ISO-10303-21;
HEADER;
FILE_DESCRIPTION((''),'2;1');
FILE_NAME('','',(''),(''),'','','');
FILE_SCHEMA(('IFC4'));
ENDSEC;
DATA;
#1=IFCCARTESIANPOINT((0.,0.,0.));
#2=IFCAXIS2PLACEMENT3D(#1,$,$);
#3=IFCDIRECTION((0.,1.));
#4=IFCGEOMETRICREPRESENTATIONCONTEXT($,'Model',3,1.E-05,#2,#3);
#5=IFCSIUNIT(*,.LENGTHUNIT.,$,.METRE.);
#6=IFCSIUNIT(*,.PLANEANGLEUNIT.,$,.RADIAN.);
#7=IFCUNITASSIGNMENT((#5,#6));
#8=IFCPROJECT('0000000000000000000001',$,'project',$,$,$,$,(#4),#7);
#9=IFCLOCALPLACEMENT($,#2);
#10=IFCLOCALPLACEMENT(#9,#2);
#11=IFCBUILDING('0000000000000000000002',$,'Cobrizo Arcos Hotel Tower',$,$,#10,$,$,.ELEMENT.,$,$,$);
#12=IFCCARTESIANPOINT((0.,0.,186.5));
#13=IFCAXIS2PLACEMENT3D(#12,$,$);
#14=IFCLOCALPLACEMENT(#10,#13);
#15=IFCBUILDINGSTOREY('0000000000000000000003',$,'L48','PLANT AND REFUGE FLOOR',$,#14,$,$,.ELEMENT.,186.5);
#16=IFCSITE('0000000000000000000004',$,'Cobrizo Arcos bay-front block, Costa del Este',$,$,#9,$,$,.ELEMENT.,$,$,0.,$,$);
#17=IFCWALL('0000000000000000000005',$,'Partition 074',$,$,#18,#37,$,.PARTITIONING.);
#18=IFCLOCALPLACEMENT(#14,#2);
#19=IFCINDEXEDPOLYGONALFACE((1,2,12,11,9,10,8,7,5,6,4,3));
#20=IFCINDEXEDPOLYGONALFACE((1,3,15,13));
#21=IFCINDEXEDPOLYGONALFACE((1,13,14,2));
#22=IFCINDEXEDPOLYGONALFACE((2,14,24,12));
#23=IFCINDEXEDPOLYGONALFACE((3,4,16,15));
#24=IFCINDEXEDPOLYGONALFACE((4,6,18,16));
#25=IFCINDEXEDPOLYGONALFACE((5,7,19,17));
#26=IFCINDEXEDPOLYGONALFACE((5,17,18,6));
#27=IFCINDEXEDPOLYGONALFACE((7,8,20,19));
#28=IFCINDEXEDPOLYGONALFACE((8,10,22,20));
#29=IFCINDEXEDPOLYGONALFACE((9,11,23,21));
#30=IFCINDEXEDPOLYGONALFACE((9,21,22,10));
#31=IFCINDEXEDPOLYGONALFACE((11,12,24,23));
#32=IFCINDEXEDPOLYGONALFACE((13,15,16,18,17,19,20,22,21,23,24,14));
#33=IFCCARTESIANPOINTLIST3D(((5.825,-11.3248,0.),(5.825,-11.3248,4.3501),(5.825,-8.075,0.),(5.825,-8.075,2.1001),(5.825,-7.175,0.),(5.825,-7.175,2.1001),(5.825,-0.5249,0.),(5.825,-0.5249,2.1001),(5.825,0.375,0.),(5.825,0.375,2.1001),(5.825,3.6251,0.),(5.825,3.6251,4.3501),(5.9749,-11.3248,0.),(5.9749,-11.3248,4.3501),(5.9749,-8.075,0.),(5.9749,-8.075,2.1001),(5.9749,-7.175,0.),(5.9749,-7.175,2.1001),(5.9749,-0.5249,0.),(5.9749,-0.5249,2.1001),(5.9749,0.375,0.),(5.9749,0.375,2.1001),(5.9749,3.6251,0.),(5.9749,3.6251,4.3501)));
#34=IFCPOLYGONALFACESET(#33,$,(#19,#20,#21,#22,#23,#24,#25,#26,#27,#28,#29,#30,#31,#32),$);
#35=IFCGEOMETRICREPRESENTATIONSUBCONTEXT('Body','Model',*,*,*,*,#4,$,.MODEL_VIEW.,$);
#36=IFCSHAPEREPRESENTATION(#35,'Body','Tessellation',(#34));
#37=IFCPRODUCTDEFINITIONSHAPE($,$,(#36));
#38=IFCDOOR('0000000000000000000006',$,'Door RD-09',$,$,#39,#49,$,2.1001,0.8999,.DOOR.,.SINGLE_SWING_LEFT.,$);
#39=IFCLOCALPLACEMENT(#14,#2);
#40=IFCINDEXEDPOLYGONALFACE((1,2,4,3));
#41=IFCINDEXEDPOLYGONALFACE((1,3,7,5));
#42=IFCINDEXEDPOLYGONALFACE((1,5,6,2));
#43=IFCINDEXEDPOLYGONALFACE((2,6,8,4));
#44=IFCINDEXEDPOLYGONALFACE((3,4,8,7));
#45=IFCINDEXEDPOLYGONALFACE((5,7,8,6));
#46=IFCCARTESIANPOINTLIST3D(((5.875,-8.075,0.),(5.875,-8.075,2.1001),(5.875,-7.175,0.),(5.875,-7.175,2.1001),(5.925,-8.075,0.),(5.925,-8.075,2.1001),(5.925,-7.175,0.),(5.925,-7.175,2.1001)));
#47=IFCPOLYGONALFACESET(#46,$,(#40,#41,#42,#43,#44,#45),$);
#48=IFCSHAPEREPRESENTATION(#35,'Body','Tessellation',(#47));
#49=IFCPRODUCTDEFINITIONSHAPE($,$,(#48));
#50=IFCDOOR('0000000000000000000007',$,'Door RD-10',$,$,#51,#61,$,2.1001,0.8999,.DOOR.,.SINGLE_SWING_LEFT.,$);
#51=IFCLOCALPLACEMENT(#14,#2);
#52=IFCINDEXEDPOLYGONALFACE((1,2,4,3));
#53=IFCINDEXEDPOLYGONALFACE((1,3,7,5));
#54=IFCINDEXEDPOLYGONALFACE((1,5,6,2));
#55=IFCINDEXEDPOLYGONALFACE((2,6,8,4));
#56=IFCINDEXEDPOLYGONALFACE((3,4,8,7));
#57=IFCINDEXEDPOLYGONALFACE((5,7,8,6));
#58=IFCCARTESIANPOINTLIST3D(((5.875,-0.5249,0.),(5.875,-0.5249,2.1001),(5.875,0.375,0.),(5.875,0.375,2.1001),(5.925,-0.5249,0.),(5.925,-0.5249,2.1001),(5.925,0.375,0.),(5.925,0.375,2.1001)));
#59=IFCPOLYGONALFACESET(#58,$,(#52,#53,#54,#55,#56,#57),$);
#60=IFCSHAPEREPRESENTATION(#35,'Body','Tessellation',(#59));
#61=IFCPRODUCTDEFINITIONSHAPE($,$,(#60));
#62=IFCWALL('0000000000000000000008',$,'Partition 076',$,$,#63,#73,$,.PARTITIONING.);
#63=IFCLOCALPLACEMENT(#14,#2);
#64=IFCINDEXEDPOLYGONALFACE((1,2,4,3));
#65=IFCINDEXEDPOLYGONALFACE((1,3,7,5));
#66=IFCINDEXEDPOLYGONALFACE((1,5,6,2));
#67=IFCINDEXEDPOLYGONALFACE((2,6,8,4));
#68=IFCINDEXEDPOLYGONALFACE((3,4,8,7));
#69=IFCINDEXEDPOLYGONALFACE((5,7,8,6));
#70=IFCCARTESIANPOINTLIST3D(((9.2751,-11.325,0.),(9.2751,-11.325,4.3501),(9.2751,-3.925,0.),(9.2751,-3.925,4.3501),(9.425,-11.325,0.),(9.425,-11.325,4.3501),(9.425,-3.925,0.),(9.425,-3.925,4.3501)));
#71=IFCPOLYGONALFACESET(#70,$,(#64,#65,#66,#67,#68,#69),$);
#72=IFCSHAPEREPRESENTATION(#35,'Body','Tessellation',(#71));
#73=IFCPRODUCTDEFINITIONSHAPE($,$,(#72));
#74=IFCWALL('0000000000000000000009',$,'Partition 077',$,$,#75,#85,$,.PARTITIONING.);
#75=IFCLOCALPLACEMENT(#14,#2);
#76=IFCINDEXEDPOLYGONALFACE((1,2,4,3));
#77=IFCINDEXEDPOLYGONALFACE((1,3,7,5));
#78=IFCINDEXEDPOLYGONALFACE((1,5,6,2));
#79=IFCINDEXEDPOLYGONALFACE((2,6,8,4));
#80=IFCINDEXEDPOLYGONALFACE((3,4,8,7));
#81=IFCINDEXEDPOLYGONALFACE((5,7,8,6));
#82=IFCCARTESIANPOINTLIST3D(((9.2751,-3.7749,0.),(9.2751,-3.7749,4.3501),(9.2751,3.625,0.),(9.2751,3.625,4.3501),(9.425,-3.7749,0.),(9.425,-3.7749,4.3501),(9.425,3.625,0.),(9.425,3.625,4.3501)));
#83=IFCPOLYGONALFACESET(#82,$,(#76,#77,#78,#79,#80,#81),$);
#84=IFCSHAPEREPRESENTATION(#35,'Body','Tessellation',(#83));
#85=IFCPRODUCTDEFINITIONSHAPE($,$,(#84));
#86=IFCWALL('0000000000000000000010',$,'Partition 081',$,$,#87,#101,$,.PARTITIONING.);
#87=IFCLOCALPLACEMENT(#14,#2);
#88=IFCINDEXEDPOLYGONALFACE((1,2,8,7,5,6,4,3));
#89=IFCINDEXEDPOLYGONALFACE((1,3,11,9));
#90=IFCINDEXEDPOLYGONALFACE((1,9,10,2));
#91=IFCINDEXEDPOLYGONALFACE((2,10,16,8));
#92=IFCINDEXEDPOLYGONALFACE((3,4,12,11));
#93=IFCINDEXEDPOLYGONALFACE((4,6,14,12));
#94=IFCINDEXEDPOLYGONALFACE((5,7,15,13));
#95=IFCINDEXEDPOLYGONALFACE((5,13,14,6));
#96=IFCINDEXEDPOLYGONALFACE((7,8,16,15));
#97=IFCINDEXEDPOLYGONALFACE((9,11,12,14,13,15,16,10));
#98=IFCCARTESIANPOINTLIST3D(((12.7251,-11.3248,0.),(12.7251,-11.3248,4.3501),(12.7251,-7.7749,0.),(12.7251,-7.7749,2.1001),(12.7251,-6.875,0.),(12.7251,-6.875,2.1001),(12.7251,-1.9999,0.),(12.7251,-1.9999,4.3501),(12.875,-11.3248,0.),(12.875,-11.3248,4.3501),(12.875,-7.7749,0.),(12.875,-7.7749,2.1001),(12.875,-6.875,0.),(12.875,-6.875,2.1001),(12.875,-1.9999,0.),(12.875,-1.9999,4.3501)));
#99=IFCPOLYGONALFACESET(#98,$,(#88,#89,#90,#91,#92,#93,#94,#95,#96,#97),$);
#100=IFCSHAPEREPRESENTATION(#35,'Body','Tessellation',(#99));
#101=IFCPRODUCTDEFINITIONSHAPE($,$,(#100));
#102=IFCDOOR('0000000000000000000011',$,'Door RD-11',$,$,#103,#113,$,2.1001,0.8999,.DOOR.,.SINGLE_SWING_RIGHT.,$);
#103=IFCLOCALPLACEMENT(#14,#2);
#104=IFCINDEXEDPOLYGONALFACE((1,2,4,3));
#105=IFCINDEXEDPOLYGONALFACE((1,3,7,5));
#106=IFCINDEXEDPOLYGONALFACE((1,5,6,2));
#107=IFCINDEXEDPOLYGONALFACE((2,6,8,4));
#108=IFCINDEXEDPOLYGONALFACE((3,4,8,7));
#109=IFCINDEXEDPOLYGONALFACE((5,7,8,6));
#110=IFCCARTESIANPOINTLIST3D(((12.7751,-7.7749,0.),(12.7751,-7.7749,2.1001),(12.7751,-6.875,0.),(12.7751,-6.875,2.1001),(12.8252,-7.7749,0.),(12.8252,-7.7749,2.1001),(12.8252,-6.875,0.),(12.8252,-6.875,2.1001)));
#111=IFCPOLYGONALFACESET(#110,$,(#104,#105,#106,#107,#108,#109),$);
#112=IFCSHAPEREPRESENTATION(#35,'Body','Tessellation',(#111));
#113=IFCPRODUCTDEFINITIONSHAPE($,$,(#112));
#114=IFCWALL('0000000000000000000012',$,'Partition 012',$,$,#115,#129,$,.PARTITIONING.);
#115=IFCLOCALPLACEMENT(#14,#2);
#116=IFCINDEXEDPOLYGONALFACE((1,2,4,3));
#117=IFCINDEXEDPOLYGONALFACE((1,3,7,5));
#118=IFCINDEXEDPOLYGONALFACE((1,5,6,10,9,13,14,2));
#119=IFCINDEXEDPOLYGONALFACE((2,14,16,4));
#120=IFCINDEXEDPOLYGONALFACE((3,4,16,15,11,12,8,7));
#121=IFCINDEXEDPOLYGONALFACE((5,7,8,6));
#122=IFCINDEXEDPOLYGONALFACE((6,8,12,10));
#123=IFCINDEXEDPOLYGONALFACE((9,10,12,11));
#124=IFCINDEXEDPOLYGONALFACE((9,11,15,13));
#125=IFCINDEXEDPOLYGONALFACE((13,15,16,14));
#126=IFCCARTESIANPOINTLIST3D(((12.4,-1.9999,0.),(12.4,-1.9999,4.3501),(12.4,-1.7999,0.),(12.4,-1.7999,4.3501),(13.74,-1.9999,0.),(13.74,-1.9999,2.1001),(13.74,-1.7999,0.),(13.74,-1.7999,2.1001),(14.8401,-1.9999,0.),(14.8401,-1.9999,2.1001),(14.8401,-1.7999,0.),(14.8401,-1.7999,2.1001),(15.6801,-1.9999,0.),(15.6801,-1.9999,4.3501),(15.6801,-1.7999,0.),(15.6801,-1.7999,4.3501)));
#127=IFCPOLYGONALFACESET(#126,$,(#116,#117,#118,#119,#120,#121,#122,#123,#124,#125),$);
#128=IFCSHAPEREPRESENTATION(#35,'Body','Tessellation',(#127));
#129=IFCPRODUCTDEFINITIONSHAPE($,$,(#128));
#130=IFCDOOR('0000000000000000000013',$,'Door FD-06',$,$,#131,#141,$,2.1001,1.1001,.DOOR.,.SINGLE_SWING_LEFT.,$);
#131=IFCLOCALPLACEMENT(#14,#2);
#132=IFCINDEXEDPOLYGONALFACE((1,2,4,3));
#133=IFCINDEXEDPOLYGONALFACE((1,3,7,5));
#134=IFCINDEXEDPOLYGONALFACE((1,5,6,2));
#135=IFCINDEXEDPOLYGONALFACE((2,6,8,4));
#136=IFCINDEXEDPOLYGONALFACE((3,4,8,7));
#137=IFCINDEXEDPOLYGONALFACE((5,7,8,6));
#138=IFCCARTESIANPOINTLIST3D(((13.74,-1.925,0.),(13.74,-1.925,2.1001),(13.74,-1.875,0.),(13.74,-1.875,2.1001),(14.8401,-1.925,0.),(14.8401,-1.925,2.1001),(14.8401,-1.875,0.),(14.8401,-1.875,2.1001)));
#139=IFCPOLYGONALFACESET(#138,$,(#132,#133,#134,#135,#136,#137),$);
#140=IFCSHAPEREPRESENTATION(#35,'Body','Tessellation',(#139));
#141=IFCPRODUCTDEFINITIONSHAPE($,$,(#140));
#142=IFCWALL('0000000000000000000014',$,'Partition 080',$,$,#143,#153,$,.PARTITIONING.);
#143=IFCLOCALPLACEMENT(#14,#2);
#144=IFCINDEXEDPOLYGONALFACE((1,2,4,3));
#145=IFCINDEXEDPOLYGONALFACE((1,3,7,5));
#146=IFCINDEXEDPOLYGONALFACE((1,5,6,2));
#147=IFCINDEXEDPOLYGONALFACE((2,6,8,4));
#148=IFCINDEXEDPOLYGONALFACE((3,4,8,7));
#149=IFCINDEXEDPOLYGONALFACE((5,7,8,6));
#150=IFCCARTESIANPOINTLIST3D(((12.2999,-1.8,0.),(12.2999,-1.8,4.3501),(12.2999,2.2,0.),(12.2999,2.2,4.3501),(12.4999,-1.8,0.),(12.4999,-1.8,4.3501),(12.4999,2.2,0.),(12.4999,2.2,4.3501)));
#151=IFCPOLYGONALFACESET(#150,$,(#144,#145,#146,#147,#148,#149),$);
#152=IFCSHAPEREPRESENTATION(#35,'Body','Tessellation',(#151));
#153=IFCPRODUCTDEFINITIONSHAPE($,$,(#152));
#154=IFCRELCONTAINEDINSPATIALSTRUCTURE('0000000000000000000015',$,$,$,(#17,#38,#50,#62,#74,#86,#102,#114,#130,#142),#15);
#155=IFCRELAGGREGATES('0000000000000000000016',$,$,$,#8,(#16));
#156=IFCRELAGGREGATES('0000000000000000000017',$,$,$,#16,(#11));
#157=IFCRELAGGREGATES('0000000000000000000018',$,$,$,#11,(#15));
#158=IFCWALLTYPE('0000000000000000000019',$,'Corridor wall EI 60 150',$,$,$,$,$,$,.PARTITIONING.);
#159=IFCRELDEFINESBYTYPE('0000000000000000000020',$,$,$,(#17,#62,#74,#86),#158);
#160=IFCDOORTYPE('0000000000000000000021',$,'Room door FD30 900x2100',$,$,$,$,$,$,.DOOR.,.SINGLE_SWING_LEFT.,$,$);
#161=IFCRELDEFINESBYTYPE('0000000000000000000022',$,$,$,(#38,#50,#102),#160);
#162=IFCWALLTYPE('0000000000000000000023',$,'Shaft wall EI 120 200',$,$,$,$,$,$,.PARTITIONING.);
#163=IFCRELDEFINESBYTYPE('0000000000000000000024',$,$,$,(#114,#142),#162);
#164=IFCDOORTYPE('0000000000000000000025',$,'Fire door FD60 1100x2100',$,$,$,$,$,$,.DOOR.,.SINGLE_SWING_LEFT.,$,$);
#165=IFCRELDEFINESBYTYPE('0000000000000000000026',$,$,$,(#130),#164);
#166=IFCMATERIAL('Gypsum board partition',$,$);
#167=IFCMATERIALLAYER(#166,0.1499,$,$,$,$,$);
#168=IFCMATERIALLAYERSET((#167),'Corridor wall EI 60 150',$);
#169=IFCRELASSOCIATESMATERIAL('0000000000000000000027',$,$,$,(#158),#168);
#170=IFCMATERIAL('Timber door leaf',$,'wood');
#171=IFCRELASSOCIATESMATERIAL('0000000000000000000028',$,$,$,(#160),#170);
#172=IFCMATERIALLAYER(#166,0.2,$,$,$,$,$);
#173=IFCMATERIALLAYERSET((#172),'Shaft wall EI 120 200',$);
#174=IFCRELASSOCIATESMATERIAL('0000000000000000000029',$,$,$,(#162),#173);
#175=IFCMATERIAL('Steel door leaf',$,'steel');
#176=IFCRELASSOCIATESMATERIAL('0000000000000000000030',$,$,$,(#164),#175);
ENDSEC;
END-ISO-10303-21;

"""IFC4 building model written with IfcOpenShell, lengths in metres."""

from ifc_helpers import new_model, si_unit, direction, frame, frame_2d, origin, place, context, subcontext, project, spatial, rectangle, extrude, material, layer, layer_set, type_object, element, fill, save


model = new_model("IFC4")

# Units and contexts
model_context = context("Model", 3, precision=1e-05, world=origin(), true_north=direction((0.0, 1.0)))
body_context = subcontext(model_context, "Body", "Model", "MODEL_VIEW")
ifc_project = project(units=[si_unit("LENGTHUNIT", "METRE"), si_unit("PLANEANGLEUNIT", "RADIAN")], contexts=[model_context])

# Site, building, storey
site_placement = place(None, origin())
site = spatial("IfcSite", under=ifc_project, at=site_placement, Name="Cobrizo Arcos bay-front block, Costa del Este", CompositionType="ELEMENT", RefElevation=0.0)
building_placement = place(site_placement, origin())
building = spatial("IfcBuilding", under=site, at=building_placement, Name="Cobrizo Arcos Hotel Tower", CompositionType="ELEMENT")
storey_placement = place(building_placement, frame((0.0, 0.0, 186.5)))
storey = spatial("IfcBuildingStorey", under=building, at=storey_placement, Name="L48", Description="PLANT AND REFUGE FLOOR", CompositionType="ELEMENT", Elevation=186.5)

# Shared definitions
ifc_material_1 = material(Name="Gypsum board partition")
ifc_layer_1 = layer(ifc_material_1, 0.1499)
ifc_layer_set_1 = layer_set([ifc_layer_1], Name="Corridor wall EI 60 150")
wall_type_1 = type_object("IfcWallType", Name="Corridor wall EI 60 150", PredefinedType="PARTITIONING", material=ifc_layer_set_1)

# Wall, openings, doors
ifc_material_2 = material(Name="Timber door leaf", Category="wood")
door_type_1 = type_object("IfcDoorType", Name="Room door FD30 900x2100", OperationType="SINGLE_SWING_LEFT", PredefinedType="DOOR", material=ifc_material_2)
wall_1_placement = place(storey_placement, frame((5.8999, -11.325, 0.0), z_axis=(0.0, 0.0, 1.0), x_axis=(0.0, 1.0, 0.0)))
wall_1 = element("IfcWall", 1, at=wall_1_placement, inside=storey, type_object=wall_type_1, Name="Partition 074", PredefinedType="PARTITIONING", context=body_context, shape_type="SweptSolid", body=[
    extrude(rectangle(XDim=14.95, YDim=0.1499, at=frame_2d((7.4751, 0.0))), origin(), (0.0, 0.0, 1.0), 4.3501),
])
opening_1_placement = place(wall_1_placement, frame((3.25, 0.0, 0.0)))
opening_1 = element("IfcOpeningElement", 2, at=opening_1_placement, cuts=wall_1, PredefinedType="OPENING", context=body_context, shape_type="SweptSolid", body=[
    extrude(rectangle(XDim=0.8999, YDim=2.1001, at=frame_2d((0.45, 1.05))), frame((0.0, 0.0869, 0.0), z_axis=(0.0, -1.0, 0.0), x_axis=(1.0, 0.0, 0.0)), (0.0, 0.0, 1.0), 0.1738),
])
opening_2_placement = place(wall_1_placement, frame((10.8, 0.0, 0.0)))
opening_2 = element("IfcOpeningElement", 3, at=opening_2_placement, cuts=wall_1, PredefinedType="OPENING", context=body_context, shape_type="SweptSolid", body=[
    extrude(rectangle(XDim=0.8999, YDim=2.1001, at=frame_2d((0.45, 1.05))), frame((0.0, 0.0869, 0.0), z_axis=(0.0, -1.0, 0.0), x_axis=(1.0, 0.0, 0.0)), (0.0, 0.0, 1.0), 0.1738),
])
door_1_placement = place(opening_1_placement, origin())
door_1 = element("IfcDoor", 4, at=door_1_placement, inside=storey, type_object=door_type_1, Name="Door RD-09", OperationType="SINGLE_SWING_LEFT", OverallHeight=2.1001, OverallWidth=0.8999, PredefinedType="DOOR", context=body_context, shape_type="SweptSolid", body=[
    extrude(rectangle(XDim=0.8999, YDim=2.1001, at=frame_2d((0.45, 1.05))), frame((0.0, 0.0249, 0.0), z_axis=(0.0, -1.0, 0.0), x_axis=(1.0, 0.0, 0.0)), (0.0, 0.0, 1.0), 0.05),
])
fill(opening_1, door_1)
door_2_placement = place(opening_2_placement, origin())
door_2 = element("IfcDoor", 5, at=door_2_placement, inside=storey, type_object=door_type_1, Name="Door RD-10", OperationType="SINGLE_SWING_LEFT", OverallHeight=2.1001, OverallWidth=0.8999, PredefinedType="DOOR", context=body_context, shape_type="SweptSolid", body=[
    extrude(rectangle(XDim=0.8999, YDim=2.1001, at=frame_2d((0.45, 1.05))), frame((0.0, 0.0249, 0.0), z_axis=(0.0, -1.0, 0.0), x_axis=(1.0, 0.0, 0.0)), (0.0, 0.0, 1.0), 0.05),
])
fill(opening_2, door_2)

# Walls
for number, where, z_axis, x_axis, name in (
    (6, (9.3501, -11.325, 0.0), (0.0, 0.0, 1.0), (0.0, 1.0, 0.0), "Partition 076"),
    (7, (9.3501, -3.7749, 0.0), (0.0, 0.0, 1.0), (0.0, 1.0, 0.0), "Partition 077"),
):
    element("IfcWall", number, at=place(storey_placement, frame(where, z_axis=z_axis, x_axis=x_axis)), inside=storey, type_object=wall_type_1, Name=name, PredefinedType="PARTITIONING", context=body_context, shape_type="SweptSolid", body=[
        extrude(rectangle(XDim=7.3999, YDim=0.1499, at=frame_2d((3.7, 0.0))), origin(), (0.0, 0.0, 1.0), 4.3501),
    ])

# Walls, openings, doors
wall_2_placement = place(storey_placement, frame((12.8, -11.325, 0.0), z_axis=(0.0, 0.0, 1.0), x_axis=(0.0, 1.0, 0.0)))
wall_2 = element("IfcWall", 8, at=wall_2_placement, inside=storey, type_object=wall_type_1, Name="Partition 081", PredefinedType="PARTITIONING", context=body_context, shape_type="SweptSolid", body=[
    extrude(rectangle(XDim=9.325, YDim=0.1499, at=frame_2d((4.6626, 0.0))), origin(), (0.0, 0.0, 1.0), 4.3501),
])
opening_3_placement = place(wall_2_placement, frame((3.55, 0.0, 0.0)))
opening_3 = element("IfcOpeningElement", 9, at=opening_3_placement, cuts=wall_2, PredefinedType="OPENING", context=body_context, shape_type="SweptSolid", body=[
    extrude(rectangle(XDim=0.8999, YDim=2.1001, at=frame_2d((0.45, 1.05))), frame((0.0, 0.0869, 0.0), z_axis=(0.0, -1.0, 0.0), x_axis=(1.0, 0.0, 0.0)), (0.0, 0.0, 1.0), 0.1738),
])
door_3_placement = place(opening_3_placement, origin())
door_3 = element("IfcDoor", 10, at=door_3_placement, inside=storey, type_object=door_type_1, Name="Door RD-11", OperationType="SINGLE_SWING_RIGHT", OverallHeight=2.1001, OverallWidth=0.8999, PredefinedType="DOOR", context=body_context, shape_type="SweptSolid", body=[
    extrude(rectangle(XDim=0.8999, YDim=2.1001, at=frame_2d((0.45, 1.05))), frame((0.0, 0.0249, 0.0), z_axis=(0.0, -1.0, 0.0), x_axis=(1.0, 0.0, 0.0)), (0.0, 0.0, 1.0), 0.05),
])
fill(opening_3, door_3)
ifc_layer_2 = layer(ifc_material_1, 0.2)
ifc_layer_set_2 = layer_set([ifc_layer_2], Name="Shaft wall EI 120 200")
wall_type_2 = type_object("IfcWallType", Name="Shaft wall EI 120 200", PredefinedType="PARTITIONING", material=ifc_layer_set_2)
wall_3_placement = place(storey_placement, frame((12.3999, -1.8999, 0.0), z_axis=(0.0, 0.0, 1.0), x_axis=(1.0, 0.0, 0.0)))
wall_3 = element("IfcWall", 11, at=wall_3_placement, inside=storey, type_object=wall_type_2, Name="Partition 012", PredefinedType="PARTITIONING", context=body_context, shape_type="SweptSolid", body=[
    extrude(rectangle(XDim=3.28, YDim=0.2, at=frame_2d((1.6401, 0.0))), origin(), (0.0, 0.0, 1.0), 4.3501),
])
opening_4_placement = place(wall_3_placement, frame((1.3401, 0.0, 0.0)))
opening_4 = element("IfcOpeningElement", 12, at=opening_4_placement, cuts=wall_3, PredefinedType="OPENING", context=body_context, shape_type="SweptSolid", body=[
    extrude(rectangle(XDim=1.1001, YDim=2.1001, at=frame_2d((0.55, 1.05))), frame((0.0, 0.1121, 0.0), z_axis=(0.0, -1.0, 0.0), x_axis=(1.0, 0.0, 0.0)), (0.0, 0.0, 1.0), 0.2239),
])
ifc_material_3 = material(Name="Steel door leaf", Category="steel")
door_type_2 = type_object("IfcDoorType", Name="Fire door FD60 1100x2100", OperationType="SINGLE_SWING_LEFT", PredefinedType="DOOR", material=ifc_material_3)
door_4_placement = place(opening_4_placement, origin())
door_4 = element("IfcDoor", 13, at=door_4_placement, inside=storey, type_object=door_type_2, Name="Door FD-06", OperationType="SINGLE_SWING_LEFT", OverallHeight=2.1001, OverallWidth=1.1001, PredefinedType="DOOR", context=body_context, shape_type="SweptSolid", body=[
    extrude(rectangle(XDim=1.1001, YDim=2.1001, at=frame_2d((0.55, 1.05))), frame((0.0, 0.0249, 0.0), z_axis=(0.0, -1.0, 0.0), x_axis=(1.0, 0.0, 0.0)), (0.0, 0.0, 1.0), 0.05),
])
fill(opening_4, door_4)

# Wall
wall_4_placement = place(storey_placement, frame((12.3999, -1.8, 0.0), z_axis=(0.0, 0.0, 1.0), x_axis=(0.0, 1.0, 0.0)))
element("IfcWall", 14, at=wall_4_placement, inside=storey, type_object=wall_type_2, Name="Partition 080", PredefinedType="PARTITIONING", context=body_context, shape_type="SweptSolid", body=[
    extrude(rectangle(XDim=4.0, YDim=0.2, at=frame_2d((2.0, 0.0))), origin(), (0.0, 0.0, 1.0), 4.3501),
])

save(model, "model.ifc")
